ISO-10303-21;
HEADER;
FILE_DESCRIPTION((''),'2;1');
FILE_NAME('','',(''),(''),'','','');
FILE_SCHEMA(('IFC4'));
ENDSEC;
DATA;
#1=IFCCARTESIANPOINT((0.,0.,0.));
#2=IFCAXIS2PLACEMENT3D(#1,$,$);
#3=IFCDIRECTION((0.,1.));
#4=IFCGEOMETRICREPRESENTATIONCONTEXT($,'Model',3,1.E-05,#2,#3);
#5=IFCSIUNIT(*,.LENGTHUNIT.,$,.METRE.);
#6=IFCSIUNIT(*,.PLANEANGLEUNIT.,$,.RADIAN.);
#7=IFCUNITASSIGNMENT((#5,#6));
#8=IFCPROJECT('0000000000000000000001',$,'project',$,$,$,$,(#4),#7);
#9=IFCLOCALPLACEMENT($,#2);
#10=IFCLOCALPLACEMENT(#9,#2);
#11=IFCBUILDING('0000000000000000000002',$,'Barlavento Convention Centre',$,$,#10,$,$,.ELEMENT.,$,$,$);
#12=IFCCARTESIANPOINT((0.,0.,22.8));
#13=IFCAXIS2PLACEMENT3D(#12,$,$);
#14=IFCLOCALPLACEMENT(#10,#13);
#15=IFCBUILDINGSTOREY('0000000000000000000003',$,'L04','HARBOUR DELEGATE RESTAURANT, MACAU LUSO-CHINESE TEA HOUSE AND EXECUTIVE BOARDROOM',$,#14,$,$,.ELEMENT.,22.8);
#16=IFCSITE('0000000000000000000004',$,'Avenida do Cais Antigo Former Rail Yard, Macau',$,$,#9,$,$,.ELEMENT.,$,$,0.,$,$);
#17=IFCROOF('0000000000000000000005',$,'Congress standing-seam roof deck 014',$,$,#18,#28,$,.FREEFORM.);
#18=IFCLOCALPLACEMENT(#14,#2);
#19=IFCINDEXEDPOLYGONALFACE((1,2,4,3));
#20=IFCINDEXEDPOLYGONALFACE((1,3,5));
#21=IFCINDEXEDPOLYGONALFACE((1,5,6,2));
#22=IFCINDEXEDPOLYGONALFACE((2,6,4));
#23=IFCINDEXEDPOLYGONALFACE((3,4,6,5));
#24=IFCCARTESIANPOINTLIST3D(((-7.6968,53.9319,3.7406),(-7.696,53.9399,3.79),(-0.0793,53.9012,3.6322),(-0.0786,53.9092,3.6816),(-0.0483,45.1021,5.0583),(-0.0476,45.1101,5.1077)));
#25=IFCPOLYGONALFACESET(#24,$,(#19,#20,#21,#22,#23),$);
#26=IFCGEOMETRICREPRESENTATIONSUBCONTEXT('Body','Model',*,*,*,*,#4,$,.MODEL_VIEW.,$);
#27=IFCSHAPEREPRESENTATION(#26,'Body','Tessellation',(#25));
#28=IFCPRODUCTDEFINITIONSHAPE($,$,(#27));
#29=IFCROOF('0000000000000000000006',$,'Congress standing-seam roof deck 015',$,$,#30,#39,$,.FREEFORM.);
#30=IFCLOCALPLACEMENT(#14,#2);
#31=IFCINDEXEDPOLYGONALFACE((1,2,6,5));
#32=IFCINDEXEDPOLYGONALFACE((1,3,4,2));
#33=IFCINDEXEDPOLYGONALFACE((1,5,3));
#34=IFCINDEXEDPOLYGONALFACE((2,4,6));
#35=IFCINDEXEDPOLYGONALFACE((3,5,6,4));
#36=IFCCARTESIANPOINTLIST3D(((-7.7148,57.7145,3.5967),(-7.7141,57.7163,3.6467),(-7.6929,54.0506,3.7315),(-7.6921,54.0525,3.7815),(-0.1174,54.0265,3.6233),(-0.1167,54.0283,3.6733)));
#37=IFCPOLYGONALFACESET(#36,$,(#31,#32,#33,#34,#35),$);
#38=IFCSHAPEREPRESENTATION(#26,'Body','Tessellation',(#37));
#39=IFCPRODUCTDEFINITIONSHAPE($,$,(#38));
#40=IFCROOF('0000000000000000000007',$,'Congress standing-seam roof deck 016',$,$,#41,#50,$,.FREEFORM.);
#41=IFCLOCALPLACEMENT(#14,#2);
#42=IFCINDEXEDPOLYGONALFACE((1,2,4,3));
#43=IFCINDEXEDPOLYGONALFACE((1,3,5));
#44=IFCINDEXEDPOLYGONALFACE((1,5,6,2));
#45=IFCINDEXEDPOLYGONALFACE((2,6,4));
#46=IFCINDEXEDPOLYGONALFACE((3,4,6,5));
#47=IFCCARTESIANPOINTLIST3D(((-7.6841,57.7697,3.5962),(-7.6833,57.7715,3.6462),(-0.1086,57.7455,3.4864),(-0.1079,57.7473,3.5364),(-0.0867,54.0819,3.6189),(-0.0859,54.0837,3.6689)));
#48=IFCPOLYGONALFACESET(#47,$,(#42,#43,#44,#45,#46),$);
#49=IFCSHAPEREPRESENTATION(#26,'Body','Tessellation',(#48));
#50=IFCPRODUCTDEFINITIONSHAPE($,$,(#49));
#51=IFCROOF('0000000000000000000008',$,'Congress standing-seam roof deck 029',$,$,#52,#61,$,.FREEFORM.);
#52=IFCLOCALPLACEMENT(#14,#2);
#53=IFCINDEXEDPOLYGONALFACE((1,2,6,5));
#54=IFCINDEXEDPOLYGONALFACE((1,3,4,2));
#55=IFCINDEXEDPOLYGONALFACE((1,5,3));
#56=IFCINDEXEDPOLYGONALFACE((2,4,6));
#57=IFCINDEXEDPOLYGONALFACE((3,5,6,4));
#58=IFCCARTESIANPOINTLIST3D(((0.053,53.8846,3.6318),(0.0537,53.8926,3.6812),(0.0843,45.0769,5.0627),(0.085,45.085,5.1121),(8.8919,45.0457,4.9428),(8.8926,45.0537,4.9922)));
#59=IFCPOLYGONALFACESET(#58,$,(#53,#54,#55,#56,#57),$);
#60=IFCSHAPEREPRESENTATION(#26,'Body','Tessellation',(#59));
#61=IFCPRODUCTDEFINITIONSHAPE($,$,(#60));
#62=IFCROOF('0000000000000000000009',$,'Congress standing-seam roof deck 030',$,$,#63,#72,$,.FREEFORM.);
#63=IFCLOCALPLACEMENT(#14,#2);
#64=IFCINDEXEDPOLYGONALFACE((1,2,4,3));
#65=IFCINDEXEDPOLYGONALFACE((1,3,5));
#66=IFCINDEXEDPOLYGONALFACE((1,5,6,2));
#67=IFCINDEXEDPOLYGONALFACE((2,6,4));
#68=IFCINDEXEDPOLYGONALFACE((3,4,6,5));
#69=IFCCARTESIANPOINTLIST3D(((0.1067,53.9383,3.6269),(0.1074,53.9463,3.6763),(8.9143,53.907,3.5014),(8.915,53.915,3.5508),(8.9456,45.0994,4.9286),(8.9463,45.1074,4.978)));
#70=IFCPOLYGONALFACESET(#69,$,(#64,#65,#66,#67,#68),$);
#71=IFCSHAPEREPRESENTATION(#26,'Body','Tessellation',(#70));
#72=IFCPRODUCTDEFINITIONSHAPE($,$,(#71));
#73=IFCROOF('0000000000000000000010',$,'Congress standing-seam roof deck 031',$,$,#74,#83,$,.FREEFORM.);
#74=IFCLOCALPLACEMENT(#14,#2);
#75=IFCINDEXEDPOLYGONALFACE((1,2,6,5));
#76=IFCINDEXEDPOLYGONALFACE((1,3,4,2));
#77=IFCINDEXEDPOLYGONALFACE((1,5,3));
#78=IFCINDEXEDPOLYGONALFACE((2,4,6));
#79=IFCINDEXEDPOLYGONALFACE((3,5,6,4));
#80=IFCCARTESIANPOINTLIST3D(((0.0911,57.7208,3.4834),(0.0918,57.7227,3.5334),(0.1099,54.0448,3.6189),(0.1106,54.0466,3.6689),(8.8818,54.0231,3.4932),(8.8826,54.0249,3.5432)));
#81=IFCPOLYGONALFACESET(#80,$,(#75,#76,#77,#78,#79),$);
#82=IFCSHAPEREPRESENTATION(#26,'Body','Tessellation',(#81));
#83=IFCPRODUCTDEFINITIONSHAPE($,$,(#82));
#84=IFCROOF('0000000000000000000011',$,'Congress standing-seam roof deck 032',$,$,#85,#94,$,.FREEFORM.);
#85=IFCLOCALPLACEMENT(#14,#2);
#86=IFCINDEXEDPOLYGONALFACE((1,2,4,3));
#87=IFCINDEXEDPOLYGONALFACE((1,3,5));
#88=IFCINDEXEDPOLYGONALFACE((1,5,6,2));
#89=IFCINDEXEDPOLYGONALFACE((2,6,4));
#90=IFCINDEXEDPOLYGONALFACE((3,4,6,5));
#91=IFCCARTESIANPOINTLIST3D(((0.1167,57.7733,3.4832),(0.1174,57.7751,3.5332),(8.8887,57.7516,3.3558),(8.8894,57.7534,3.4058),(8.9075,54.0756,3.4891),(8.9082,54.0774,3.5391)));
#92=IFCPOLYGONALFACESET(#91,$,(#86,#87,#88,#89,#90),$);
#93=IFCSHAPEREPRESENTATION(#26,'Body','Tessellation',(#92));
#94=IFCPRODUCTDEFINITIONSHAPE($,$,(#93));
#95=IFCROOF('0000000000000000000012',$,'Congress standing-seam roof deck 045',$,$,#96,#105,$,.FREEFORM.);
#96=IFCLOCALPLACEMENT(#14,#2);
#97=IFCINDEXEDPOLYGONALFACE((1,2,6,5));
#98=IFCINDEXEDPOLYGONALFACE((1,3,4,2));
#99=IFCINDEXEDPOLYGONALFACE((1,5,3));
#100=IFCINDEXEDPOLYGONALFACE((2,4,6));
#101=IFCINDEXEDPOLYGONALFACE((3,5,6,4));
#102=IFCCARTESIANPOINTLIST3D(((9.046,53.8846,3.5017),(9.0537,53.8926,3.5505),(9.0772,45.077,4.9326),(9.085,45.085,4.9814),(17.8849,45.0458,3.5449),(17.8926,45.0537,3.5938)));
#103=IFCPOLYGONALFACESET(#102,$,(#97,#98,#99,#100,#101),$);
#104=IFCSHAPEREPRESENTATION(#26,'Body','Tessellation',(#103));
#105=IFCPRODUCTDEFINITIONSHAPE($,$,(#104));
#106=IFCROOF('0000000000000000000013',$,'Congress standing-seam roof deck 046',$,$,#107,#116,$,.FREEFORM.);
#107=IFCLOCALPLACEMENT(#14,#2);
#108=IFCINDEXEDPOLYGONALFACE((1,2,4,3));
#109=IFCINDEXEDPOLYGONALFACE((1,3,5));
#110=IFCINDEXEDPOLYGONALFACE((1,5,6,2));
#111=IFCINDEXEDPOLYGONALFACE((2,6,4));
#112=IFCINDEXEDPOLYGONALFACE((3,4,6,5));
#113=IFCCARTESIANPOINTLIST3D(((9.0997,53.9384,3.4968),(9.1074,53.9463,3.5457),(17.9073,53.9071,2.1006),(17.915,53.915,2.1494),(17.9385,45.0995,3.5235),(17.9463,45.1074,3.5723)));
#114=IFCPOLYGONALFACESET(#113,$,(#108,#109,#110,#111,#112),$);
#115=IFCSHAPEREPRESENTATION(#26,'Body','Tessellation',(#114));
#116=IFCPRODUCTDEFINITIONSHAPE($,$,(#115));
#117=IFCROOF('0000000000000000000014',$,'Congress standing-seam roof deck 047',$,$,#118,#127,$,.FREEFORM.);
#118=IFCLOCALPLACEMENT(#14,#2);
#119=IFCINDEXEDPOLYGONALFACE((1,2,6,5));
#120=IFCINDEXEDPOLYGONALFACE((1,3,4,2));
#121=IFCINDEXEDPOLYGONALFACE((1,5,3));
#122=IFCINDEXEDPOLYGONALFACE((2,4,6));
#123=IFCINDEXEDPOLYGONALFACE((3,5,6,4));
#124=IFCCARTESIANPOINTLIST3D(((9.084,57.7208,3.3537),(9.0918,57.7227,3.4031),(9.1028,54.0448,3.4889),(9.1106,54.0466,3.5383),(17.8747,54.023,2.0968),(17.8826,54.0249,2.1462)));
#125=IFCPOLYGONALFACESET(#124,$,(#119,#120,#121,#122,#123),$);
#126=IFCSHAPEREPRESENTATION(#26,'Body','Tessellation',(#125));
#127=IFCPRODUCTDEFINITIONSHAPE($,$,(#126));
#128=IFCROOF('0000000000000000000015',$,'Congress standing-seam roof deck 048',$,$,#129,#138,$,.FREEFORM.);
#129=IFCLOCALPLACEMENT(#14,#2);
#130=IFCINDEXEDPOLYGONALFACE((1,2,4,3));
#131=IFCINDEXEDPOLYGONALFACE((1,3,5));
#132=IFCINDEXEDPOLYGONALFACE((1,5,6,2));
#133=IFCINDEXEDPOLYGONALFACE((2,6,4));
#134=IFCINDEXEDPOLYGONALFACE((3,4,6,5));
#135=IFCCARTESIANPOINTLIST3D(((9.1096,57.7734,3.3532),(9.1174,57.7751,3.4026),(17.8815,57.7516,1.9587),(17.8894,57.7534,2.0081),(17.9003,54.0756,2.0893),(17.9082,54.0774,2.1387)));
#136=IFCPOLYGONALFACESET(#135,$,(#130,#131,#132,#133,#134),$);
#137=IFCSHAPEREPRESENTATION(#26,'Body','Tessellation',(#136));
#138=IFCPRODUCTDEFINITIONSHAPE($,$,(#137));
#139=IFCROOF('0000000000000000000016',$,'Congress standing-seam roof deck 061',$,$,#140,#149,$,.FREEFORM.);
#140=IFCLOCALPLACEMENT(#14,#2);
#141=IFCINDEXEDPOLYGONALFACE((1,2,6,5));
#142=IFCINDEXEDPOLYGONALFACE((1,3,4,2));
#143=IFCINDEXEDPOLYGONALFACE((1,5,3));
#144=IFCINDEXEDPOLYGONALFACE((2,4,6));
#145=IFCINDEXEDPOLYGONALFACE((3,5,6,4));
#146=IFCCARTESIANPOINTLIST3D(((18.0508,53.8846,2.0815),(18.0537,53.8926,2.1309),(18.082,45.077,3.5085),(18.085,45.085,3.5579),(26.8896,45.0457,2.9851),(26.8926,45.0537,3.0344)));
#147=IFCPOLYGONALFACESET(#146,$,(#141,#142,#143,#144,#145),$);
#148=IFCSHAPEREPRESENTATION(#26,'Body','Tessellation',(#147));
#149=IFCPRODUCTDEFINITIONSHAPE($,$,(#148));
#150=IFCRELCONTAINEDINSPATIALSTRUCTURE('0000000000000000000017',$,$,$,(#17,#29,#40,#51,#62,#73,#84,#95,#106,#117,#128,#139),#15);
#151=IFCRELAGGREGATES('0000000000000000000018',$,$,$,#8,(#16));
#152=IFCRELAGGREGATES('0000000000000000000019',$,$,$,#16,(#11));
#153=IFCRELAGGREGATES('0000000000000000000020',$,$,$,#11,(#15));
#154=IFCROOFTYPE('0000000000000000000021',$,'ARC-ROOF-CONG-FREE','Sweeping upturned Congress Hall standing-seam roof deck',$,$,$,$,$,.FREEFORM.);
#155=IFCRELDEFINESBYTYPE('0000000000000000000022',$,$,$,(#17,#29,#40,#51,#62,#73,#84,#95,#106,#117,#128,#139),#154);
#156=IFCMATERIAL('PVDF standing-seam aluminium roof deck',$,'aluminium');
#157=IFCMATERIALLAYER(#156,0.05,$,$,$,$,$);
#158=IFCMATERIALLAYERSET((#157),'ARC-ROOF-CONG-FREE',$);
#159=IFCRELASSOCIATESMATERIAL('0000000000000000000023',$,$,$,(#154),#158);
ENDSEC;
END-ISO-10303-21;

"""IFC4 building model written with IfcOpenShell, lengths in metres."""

from ifc_helpers import new_model, si_unit, direction, frame, origin, place, context, subcontext, project, spatial, polyline, outline, extrude, material, layer, layer_set, type_object, element, save


model = new_model("IFC4")

# Units and contexts
model_context = context("Model", 3, precision=1e-05, world=origin(), true_north=direction((0.0, 1.0)))
body_context = subcontext(model_context, "Body", "Model", "MODEL_VIEW")
ifc_project = project(units=[si_unit("LENGTHUNIT", "METRE"), si_unit("PLANEANGLEUNIT", "RADIAN")], contexts=[model_context])

# Site, building, storey
site_placement = place(None, origin())
site = spatial("IfcSite", under=ifc_project, at=site_placement, Name="Avenida do Cais Antigo Former Rail Yard, Macau", CompositionType="ELEMENT", RefElevation=0.0)
building_placement = place(site_placement, origin())
building = spatial("IfcBuilding", under=site, at=building_placement, Name="Barlavento Convention Centre", CompositionType="ELEMENT")
storey_placement = place(building_placement, frame((0.0, 0.0, 22.8)))
storey = spatial("IfcBuildingStorey", under=building, at=storey_placement, Name="L04", Description="HARBOUR DELEGATE RESTAURANT, MACAU LUSO-CHINESE TEA HOUSE AND EXECUTIVE BOARDROOM", CompositionType="ELEMENT", Elevation=22.8)

# Roofs
ifc_material_1 = material(Name="PVDF standing-seam aluminium roof deck", Category="aluminium")
ifc_layer_1 = layer(ifc_material_1, 0.05)
ifc_layer_set_1 = layer_set([ifc_layer_1], Name="ARC-ROOF-CONG-FREE")
roof_type = type_object("IfcRoofType", Name="ARC-ROOF-CONG-FREE", Description="Sweeping upturned Congress Hall standing-seam roof deck", PredefinedType="FREEFORM", material=ifc_layer_set_1)
roof_1_placement = place(storey_placement, frame((-0.0476, 45.1101, 5.1077), z_axis=(0.014692, 0.160011, 0.987006), x_axis=(-0.003478, 0.987115, -0.159977)))
element("IfcRoof", 1, at=roof_1_placement, inside=storey, type_object=roof_type, Name="Congress standing-seam roof deck 014", PredefinedType="FREEFORM", context=body_context, shape_type="SweptSolid", body=[
    extrude(outline(polyline([(0.0, 0.0), (8.9139, 0.0), (8.9535, 7.6182), (0.0, 0.0)])), origin(), (0.0, 0.0, -1.0), 0.05),
])
roof_2_placement = place(storey_placement, frame((-7.6921, 54.0525, 3.7815), z_axis=(0.014383, 0.03684, 0.999218), x_axis=(0.999893, -0.00319, -0.014275)))
element("IfcRoof", 2, at=roof_2_placement, inside=storey, type_object=roof_type, Name="Congress standing-seam roof deck 015", PredefinedType="FREEFORM", context=body_context, shape_type="SweptSolid", body=[
    extrude(outline(polyline([(0.0, 0.0), (7.5763, 0.0), (-0.0317, 3.6662), (0.0, 0.0)])), origin(), (0.0, 0.0, -1.0), 0.05),
])
roof_3_placement = place(storey_placement, frame((-0.0859, 54.0837, 3.6689), z_axis=(0.014607, 0.036245, 0.999236), x_axis=(-0.005994, 0.999328, -0.036161)))
element("IfcRoof", 3, at=roof_3_placement, inside=storey, type_object=roof_type, Name="Congress standing-seam roof deck 016", PredefinedType="FREEFORM", context=body_context, shape_type="SweptSolid", body=[
    extrude(outline(polyline([(0.0, 0.0), (3.666, 0.0), (3.7316, 7.576), (0.0, 0.0)])), origin(), (0.0, 0.0, -1.0), 0.05),
])
roof_4_placement = place(storey_placement, frame((0.085, 45.085, 5.1121), z_axis=(0.014002, 0.160393, 0.986954), x_axis=(0.999901, -0.003548, -0.013609)))
element("IfcRoof", 4, at=roof_4_placement, inside=storey, type_object=roof_type, Name="Congress standing-seam roof deck 029", PredefinedType="FREEFORM", context=body_context, shape_type="SweptSolid", body=[
    extrude(outline(polyline([(0.0, 0.0), (8.8085, 0.0), (-0.043, 8.923), (0.0, 0.0)])), origin(), (0.0, 0.0, -1.0), 0.05),
])
roof_5_placement = place(storey_placement, frame((8.9463, 45.1074, 4.978), z_axis=(0.01463, 0.159994, 0.98701), x_axis=(-0.003502, 0.987117, -0.159959)))
element("IfcRoof", 5, at=roof_5_placement, inside=storey, type_object=roof_type, Name="Congress standing-seam roof deck 030", PredefinedType="FREEFORM", context=body_context, shape_type="SweptSolid", body=[
    extrude(outline(polyline([(0.0, 0.0), (8.9226, 0.0), (8.9642, 8.8085), (0.0, 0.0)])), origin(), (0.0, 0.0, -1.0), 0.05),
])
roof_6_placement = place(storey_placement, frame((0.1106, 54.0466, 3.6689), z_axis=(0.014414, 0.036905, 0.999215), x_axis=(0.999894, -0.002477, -0.014332)))
element("IfcRoof", 6, at=roof_6_placement, inside=storey, type_object=roof_type, Name="Congress standing-seam roof deck 031", PredefinedType="FREEFORM", context=body_context, shape_type="SweptSolid", body=[
    extrude(outline(polyline([(0.0, 0.0), (8.7729, 0.0), (-0.026, 3.6785), (0.0, 0.0)])), origin(), (0.0, 0.0, -1.0), 0.05),
])
roof_7_placement = place(storey_placement, frame((8.9082, 54.0774, 3.5391), z_axis=(0.014607, 0.036309, 0.999234), x_axis=(-0.00511, 0.99933, -0.036238)))
element("IfcRoof", 7, at=roof_7_placement, inside=storey, type_object=roof_type, Name="Congress standing-seam roof deck 032", PredefinedType="FREEFORM", context=body_context, shape_type="SweptSolid", body=[
    extrude(outline(polyline([(0.0, 0.0), (3.6785, 0.0), (3.7404, 8.7727), (0.0, 0.0)])), origin(), (0.0, 0.0, -1.0), 0.05),
])
roof_8_placement = place(storey_placement, frame((9.085, 45.085, 4.9814), z_axis=(0.154207, 0.158975, 0.975165), x_axis=(0.987808, -0.003505, -0.155635)))
element("IfcRoof", 8, at=roof_8_placement, inside=storey, type_object=roof_type, Name="Congress standing-seam roof deck 045", PredefinedType="FREEFORM", context=body_context, shape_type="SweptSolid", body=[
    extrude(outline(polyline([(0.0, 0.0), (8.9163, 0.0), (0.161, 8.9217), (0.0, 0.0)])), origin(), (0.0, 0.0, -1.0), 0.05),
])
roof_9_placement = place(storey_placement, frame((17.9463, 45.1074, 3.5723), z_axis=(0.15515, 0.158086, 0.97516), x_axis=(-0.003503, 0.987195, -0.159479)))
element("IfcRoof", 9, at=roof_9_placement, inside=storey, type_object=roof_type, Name="Congress standing-seam roof deck 046", PredefinedType="FREEFORM", context=body_context, shape_type="SweptSolid", body=[
    extrude(outline(polyline([(0.0, 0.0), (8.9219, 0.0), (8.7609, 8.9162), (0.0, 0.0)])), origin(), (0.0, 0.0, -1.0), 0.05),
])
roof_10_placement = place(storey_placement, frame((9.1106, 54.0466, 3.5383), z_axis=(0.156718, 0.037115, 0.986946), x_axis=(0.987638, -0.002446, -0.156736)))
element("IfcRoof", 10, at=roof_10_placement, inside=storey, type_object=roof_type, Name="Congress standing-seam roof deck 047", PredefinedType="FREEFORM", context=body_context, shape_type="SweptSolid", body=[
    extrude(outline(polyline([(0.0, 0.0), (8.8818, 0.0), (-0.0064, 3.6786), (0.0, 0.0)])), origin(), (0.0, 0.0, -1.0), 0.05),
])
roof_11_placement = place(storey_placement, frame((17.9082, 54.0774, 2.1387), z_axis=(0.15699, 0.035871, 0.986949), x_axis=(-0.005111, 0.999356, -0.035509)))
element("IfcRoof", 11, at=roof_11_placement, inside=storey, type_object=roof_type, Name="Congress standing-seam roof deck 048", PredefinedType="FREEFORM", context=body_context, shape_type="SweptSolid", body=[
    extrude(outline(polyline([(0.0, 0.0), (3.6784, 0.0), (3.6954, 8.8821), (0.0, 0.0)])), origin(), (0.0, 0.0, -1.0), 0.05),
])
roof_12_placement = place(storey_placement, frame((18.085, 45.085, 3.5579), z_axis=(0.059128, 0.159858, 0.985368), x_axis=(0.998232, -0.003542, -0.059325)))
element("IfcRoof", 12, at=roof_12_placement, inside=storey, type_object=roof_type, Name="Congress standing-seam roof deck 061", PredefinedType="FREEFORM", context=body_context, shape_type="SweptSolid", body=[
    extrude(outline(polyline([(0.0, 0.0), (8.8232, 0.0), (0.0223, 8.9225), (0.0, 0.0)])), origin(), (0.0, 0.0, -1.0), 0.05),
])

save(model, "model.ifc")
